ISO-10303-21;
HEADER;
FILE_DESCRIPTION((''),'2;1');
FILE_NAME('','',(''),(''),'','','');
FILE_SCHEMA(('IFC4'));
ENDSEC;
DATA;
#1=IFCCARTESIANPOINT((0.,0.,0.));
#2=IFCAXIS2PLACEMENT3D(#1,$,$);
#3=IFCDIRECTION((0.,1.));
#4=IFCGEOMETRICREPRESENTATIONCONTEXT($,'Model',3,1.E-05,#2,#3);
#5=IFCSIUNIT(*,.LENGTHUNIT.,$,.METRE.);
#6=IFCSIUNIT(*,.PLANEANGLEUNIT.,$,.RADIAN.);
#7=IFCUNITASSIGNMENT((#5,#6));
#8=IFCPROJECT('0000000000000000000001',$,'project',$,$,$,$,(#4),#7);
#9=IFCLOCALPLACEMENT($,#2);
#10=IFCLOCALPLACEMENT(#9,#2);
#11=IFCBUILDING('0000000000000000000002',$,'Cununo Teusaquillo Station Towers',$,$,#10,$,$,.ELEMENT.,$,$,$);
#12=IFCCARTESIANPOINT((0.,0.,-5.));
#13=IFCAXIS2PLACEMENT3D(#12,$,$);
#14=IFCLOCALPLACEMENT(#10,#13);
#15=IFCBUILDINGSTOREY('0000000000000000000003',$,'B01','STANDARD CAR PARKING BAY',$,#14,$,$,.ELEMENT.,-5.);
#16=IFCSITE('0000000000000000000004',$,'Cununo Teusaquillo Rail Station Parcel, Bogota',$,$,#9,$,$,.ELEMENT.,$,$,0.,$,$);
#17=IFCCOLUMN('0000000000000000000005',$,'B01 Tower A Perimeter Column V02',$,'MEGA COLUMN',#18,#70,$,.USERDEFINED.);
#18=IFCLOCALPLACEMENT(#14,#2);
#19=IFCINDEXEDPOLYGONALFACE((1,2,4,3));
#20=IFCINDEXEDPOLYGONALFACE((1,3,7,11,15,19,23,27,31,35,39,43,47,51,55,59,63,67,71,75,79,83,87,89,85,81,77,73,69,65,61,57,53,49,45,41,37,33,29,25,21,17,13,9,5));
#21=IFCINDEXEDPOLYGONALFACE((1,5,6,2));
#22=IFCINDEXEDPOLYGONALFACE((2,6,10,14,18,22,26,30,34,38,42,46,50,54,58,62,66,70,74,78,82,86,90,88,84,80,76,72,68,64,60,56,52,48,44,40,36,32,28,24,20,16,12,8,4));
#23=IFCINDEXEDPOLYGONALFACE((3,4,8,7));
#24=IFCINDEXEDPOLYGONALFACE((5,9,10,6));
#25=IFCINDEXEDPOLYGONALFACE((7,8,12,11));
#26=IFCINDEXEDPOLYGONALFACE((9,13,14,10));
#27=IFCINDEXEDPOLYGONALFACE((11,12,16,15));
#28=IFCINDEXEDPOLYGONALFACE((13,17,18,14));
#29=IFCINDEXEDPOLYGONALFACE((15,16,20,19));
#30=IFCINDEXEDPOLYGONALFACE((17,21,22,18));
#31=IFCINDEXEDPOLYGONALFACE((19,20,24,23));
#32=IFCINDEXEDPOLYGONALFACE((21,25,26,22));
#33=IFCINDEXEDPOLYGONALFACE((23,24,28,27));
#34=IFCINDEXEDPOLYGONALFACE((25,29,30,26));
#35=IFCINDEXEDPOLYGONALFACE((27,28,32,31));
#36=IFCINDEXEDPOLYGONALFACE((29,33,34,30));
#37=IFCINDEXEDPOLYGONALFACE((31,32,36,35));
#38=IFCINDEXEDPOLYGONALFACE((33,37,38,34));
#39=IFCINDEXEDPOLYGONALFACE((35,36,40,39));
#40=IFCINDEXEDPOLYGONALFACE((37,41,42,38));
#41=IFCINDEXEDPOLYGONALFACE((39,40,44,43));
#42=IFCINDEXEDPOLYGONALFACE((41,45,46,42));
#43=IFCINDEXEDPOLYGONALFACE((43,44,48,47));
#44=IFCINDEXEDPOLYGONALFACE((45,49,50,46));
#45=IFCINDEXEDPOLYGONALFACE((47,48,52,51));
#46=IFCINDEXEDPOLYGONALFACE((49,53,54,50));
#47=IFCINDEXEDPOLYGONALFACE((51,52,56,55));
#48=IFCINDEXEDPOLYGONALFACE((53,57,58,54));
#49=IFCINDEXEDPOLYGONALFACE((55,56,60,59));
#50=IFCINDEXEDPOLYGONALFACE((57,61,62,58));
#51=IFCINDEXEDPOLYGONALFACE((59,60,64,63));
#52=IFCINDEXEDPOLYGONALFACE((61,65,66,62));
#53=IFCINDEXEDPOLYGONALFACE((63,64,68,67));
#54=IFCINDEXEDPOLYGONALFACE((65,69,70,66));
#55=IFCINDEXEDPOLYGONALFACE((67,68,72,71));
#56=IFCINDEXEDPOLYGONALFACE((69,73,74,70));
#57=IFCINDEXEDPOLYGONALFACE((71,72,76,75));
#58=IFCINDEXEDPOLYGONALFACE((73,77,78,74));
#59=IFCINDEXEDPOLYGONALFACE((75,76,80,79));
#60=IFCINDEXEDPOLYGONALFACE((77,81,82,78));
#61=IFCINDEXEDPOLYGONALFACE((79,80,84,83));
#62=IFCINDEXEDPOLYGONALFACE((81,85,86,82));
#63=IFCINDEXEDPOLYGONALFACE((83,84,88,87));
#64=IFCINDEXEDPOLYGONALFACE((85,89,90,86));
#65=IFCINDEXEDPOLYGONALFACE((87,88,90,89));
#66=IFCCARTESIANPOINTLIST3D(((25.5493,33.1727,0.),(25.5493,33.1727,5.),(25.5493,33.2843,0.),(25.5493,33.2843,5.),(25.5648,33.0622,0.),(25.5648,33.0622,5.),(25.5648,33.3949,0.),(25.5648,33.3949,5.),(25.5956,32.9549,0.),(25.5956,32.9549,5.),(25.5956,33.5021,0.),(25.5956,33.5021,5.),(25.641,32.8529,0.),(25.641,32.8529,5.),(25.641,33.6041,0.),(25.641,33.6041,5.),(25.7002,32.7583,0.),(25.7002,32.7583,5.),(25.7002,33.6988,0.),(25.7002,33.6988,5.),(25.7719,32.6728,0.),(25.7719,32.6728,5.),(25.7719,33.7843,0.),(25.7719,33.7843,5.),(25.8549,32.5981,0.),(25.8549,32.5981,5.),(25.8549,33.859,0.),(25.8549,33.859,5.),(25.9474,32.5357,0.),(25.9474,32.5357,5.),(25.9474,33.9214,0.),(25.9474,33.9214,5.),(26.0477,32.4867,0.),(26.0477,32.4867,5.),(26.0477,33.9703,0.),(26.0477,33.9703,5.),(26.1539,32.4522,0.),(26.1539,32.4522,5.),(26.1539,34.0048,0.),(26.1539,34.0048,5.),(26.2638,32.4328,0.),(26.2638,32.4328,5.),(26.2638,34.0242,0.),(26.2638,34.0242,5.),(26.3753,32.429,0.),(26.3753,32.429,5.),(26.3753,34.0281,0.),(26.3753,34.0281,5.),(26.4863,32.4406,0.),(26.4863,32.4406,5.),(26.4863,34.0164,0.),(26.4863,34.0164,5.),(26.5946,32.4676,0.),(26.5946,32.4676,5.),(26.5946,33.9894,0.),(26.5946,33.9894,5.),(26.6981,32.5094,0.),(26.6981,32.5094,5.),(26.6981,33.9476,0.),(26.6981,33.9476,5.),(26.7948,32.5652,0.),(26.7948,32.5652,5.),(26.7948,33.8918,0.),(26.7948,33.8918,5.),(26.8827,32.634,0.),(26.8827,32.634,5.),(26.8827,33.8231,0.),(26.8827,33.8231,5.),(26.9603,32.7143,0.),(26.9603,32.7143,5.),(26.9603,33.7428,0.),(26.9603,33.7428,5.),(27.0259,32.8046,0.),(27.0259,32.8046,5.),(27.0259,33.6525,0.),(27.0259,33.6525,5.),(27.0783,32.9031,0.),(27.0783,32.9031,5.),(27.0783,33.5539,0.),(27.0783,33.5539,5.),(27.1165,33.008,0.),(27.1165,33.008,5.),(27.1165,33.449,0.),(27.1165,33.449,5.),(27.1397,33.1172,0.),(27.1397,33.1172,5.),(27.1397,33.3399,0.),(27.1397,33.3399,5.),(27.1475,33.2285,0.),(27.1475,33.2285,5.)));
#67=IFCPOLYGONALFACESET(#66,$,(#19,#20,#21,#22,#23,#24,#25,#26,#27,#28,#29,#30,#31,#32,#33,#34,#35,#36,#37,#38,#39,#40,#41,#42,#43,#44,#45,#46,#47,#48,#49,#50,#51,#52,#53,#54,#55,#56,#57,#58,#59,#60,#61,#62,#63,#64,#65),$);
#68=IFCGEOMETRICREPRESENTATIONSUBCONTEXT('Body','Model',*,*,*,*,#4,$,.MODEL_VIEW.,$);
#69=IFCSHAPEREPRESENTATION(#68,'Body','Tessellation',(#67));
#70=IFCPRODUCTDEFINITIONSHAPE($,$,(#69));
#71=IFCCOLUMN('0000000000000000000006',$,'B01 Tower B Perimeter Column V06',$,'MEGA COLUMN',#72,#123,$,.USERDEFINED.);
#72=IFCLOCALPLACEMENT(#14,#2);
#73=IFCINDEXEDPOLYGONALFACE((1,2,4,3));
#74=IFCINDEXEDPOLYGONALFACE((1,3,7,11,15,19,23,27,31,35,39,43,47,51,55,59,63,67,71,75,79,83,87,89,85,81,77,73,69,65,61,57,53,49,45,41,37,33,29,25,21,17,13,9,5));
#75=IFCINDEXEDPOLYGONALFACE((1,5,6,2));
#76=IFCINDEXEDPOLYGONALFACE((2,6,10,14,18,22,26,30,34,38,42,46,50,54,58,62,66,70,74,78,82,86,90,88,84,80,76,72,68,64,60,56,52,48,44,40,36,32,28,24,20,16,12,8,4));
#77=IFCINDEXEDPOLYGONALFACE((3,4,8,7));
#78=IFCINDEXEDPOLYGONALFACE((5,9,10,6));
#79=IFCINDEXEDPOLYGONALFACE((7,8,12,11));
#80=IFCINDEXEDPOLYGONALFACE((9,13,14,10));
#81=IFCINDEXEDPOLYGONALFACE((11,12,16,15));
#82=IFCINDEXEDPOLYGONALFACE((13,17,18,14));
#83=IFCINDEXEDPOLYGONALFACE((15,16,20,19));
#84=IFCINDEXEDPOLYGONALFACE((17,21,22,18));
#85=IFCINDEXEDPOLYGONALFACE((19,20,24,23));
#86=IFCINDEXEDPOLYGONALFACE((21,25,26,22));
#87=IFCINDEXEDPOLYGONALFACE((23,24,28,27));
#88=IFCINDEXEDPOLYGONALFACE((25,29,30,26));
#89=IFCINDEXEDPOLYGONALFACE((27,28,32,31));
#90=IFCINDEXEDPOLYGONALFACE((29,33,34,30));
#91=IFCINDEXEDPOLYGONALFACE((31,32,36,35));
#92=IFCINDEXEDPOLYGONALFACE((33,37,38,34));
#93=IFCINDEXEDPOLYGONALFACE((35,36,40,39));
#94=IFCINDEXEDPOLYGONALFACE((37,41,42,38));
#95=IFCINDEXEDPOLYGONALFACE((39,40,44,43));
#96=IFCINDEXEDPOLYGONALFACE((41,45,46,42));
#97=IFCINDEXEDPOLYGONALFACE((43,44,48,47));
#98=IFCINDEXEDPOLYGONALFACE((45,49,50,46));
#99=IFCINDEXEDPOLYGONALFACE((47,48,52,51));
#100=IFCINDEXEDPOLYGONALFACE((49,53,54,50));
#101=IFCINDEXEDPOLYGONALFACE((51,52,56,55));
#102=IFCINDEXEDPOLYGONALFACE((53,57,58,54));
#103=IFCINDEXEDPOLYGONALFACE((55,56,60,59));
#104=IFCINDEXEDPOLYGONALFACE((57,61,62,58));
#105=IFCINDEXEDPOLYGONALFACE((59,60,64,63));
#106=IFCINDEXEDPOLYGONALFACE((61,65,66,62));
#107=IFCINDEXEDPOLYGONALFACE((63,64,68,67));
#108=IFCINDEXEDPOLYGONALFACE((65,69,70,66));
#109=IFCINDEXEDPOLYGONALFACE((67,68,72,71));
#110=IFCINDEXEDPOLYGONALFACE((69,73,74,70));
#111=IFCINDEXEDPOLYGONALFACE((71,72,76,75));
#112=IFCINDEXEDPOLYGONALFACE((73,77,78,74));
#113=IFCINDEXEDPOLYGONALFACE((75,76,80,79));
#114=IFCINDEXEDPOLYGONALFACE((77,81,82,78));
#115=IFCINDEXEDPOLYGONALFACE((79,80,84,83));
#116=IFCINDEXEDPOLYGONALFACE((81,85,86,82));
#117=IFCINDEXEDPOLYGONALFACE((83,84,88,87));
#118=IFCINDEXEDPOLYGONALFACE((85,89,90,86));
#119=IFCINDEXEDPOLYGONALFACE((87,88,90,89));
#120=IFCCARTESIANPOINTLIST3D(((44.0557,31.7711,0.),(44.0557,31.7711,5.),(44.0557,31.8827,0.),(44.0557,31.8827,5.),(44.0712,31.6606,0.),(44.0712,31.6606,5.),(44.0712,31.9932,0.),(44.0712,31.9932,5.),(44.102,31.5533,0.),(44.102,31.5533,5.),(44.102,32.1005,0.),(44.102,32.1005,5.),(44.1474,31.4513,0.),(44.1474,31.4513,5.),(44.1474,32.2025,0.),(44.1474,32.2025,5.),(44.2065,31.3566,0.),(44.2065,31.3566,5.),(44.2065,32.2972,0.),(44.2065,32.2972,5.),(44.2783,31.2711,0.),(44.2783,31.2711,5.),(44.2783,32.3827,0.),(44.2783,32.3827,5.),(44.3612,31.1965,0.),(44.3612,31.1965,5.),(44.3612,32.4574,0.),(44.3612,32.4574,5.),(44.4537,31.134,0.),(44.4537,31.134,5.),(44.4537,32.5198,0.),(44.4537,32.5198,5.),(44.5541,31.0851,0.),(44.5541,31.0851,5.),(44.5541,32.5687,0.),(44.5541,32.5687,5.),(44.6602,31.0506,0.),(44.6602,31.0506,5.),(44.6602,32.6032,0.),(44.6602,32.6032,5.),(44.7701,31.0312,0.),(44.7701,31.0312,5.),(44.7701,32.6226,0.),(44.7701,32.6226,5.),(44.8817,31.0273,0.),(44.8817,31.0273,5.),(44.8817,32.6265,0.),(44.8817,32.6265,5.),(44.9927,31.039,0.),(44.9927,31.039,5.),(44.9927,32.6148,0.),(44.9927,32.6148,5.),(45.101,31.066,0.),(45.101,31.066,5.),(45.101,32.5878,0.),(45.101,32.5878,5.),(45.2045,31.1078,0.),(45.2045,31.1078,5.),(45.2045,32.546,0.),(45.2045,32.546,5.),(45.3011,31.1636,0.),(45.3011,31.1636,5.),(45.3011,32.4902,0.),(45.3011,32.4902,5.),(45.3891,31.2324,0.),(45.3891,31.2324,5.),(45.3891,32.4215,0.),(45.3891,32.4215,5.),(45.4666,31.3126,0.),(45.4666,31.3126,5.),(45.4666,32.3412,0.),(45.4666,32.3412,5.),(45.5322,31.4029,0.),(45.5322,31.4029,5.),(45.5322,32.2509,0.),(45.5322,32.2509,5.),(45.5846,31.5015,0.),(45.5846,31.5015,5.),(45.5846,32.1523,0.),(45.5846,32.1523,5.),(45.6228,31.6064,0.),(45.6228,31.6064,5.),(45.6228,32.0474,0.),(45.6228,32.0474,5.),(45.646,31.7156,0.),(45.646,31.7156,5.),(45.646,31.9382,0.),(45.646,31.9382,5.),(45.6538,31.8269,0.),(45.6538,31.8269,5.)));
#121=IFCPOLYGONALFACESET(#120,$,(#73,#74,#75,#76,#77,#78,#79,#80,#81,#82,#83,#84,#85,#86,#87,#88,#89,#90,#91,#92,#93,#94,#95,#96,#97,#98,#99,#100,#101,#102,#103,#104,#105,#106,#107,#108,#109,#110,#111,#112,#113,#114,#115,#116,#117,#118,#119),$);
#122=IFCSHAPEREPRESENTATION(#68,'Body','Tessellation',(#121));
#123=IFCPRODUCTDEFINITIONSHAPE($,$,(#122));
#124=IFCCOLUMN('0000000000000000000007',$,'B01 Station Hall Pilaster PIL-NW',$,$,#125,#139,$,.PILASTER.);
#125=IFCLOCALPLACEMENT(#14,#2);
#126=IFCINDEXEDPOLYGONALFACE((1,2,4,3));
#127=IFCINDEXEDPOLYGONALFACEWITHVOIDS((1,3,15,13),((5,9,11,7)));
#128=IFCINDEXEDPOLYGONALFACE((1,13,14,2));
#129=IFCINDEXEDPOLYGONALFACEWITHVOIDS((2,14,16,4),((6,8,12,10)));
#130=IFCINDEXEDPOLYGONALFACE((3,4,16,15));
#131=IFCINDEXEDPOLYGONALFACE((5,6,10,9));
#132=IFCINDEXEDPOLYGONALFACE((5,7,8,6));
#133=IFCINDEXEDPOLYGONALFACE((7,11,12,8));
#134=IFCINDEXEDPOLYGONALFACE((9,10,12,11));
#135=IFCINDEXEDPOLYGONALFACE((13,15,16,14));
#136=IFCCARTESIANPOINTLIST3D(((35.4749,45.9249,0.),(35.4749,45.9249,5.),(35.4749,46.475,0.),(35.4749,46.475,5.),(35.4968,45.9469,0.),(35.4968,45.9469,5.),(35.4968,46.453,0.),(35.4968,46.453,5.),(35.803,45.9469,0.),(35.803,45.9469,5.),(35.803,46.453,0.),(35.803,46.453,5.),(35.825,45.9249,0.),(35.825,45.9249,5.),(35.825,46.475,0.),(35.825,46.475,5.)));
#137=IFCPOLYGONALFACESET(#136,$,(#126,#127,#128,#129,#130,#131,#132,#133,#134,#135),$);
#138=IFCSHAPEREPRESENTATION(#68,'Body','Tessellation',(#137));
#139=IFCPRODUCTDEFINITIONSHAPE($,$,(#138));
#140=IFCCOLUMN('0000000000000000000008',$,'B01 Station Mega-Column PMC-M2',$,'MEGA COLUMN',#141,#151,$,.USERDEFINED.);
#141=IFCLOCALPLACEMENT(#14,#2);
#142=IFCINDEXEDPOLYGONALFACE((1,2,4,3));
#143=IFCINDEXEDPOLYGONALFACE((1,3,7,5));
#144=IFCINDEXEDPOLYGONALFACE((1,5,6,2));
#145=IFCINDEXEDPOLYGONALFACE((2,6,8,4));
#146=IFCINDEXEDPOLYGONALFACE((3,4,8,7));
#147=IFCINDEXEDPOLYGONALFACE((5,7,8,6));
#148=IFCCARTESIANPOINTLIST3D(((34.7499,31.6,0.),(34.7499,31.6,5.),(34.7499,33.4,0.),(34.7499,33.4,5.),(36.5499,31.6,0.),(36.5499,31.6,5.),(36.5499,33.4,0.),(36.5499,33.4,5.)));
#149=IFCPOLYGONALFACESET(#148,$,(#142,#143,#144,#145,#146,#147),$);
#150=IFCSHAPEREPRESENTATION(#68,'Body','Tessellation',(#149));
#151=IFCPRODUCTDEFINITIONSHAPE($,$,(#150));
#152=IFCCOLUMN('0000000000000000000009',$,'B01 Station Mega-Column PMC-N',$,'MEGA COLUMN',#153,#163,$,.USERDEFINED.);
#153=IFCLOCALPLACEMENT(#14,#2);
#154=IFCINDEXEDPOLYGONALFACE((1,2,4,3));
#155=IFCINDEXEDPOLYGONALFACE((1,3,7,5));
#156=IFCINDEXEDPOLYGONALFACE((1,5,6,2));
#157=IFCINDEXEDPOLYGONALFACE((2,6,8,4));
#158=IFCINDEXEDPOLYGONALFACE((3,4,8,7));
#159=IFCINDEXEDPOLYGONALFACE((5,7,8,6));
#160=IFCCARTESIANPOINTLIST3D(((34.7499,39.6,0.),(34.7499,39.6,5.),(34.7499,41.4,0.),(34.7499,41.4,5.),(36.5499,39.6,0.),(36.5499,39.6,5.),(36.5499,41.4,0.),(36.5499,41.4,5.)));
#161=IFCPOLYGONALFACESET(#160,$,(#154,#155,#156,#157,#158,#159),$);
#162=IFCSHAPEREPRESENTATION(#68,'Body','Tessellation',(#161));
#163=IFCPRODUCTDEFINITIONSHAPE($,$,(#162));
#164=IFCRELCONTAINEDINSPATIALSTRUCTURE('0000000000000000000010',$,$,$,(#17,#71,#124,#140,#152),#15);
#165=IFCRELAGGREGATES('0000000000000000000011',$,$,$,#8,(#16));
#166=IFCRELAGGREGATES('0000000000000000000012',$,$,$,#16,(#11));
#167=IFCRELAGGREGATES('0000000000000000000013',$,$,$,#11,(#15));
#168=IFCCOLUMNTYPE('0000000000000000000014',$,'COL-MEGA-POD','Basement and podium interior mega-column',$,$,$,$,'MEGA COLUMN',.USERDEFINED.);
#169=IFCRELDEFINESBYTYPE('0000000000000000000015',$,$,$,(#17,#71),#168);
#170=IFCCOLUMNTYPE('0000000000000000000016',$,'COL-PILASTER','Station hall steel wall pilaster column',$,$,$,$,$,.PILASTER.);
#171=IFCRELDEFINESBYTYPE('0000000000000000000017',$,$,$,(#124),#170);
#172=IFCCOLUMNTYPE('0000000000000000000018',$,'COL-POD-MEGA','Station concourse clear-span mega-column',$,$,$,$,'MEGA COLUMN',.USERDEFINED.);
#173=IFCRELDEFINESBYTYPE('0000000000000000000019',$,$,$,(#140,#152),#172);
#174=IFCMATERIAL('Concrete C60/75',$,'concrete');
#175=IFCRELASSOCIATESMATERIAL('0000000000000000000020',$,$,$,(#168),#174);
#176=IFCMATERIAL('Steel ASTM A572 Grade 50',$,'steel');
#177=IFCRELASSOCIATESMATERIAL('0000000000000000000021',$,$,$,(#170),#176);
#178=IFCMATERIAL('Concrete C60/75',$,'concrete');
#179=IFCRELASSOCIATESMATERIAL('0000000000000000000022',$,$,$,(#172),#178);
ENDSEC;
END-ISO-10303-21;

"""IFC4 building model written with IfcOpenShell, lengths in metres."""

from ifc_helpers import new_model, si_unit, direction, frame, origin, origin_2d, place, context, subcontext, project, spatial, rectangle, hollow_rectangle, circle, extrude, material, material_profile, profile_set, type_object, element, save


model = new_model("IFC4")

# Units and contexts
model_context = context("Model", 3, precision=1e-05, world=origin(), true_north=direction((0.0, 1.0)))
body_context = subcontext(model_context, "Body", "Model", "MODEL_VIEW")
ifc_project = project(units=[si_unit("LENGTHUNIT", "METRE"), si_unit("PLANEANGLEUNIT", "RADIAN")], contexts=[model_context])

# Site, building, storey
site_placement = place(None, origin())
site = spatial("IfcSite", under=ifc_project, at=site_placement, Name="Cununo Teusaquillo Rail Station Parcel, Bogota", CompositionType="ELEMENT", RefElevation=0.0)
building_placement = place(site_placement, origin())
building = spatial("IfcBuilding", under=site, at=building_placement, Name="Cununo Teusaquillo Station Towers", CompositionType="ELEMENT")
storey_placement = place(building_placement, frame((0.0, 0.0, -5.0)))
storey = spatial("IfcBuildingStorey", under=building, at=storey_placement, Name="B01", Description="STANDARD CAR PARKING BAY", CompositionType="ELEMENT", Elevation=-5.0)

# Columns
ifc_material_1 = material(Name="Concrete C60/75", Category="concrete")
ifc_material_profile_1 = material_profile(ifc_material_1, circle(Radius=0.8, at=origin_2d()), Name="RC-CIRC-1600")
ifc_profile_set_1 = profile_set([ifc_material_profile_1], Name="Concrete C60/75")
column_type_1 = type_object("IfcColumnType", Name="COL-MEGA-POD", Description="Basement and podium interior mega-column", ElementType="MEGA COLUMN", PredefinedType="USERDEFINED", material=ifc_profile_set_1)
for number, where, z_axis, x_axis, name in (
    (1, (26.3474, 33.2285, 0.0), (0.0, 0.0, 1.0), (1.0, 0.0, 0.0), "B01 Tower A Perimeter Column V02"),
    (2, (44.8538, 31.8269, 0.0), (0.0, 0.0, 1.0), (1.0, 0.0, 0.0), "B01 Tower B Perimeter Column V06"),
):
    element("IfcColumn", number, at=place(storey_placement, frame(where, z_axis=z_axis, x_axis=x_axis)), inside=storey, type_object=column_type_1, Name=name, ObjectType="MEGA COLUMN", PredefinedType="USERDEFINED", context=body_context, shape_type="SweptSolid", body=[
        extrude(circle(Radius=0.8, at=origin_2d()), origin(), (0.0, 0.0, 1.0), 5.0),
    ])
ifc_material_2 = material(Name="Steel ASTM A572 Grade 50", Category="steel")
ifc_material_profile_2 = material_profile(ifc_material_2, hollow_rectangle(XDim=0.3501, YDim=0.55, WallThickness=0.022, at=origin_2d()), Name="RHS 550x350x22")
ifc_profile_set_2 = profile_set([ifc_material_profile_2], Name="Steel ASTM A572 Grade 50")
column_type_2 = type_object("IfcColumnType", Name="COL-PILASTER", Description="Station hall steel wall pilaster column", PredefinedType="PILASTER", material=ifc_profile_set_2)
column_placement = place(storey_placement, frame((35.6499, 46.2, 0.0), z_axis=(0.0, 0.0, 1.0), x_axis=(1.0, 0.0, 0.0)))
element("IfcColumn", 3, at=column_placement, inside=storey, type_object=column_type_2, Name="B01 Station Hall Pilaster PIL-NW", PredefinedType="PILASTER", context=body_context, shape_type="SweptSolid", body=[
    extrude(hollow_rectangle(XDim=0.3501, YDim=0.55, WallThickness=0.022, at=origin_2d()), origin(), (0.0, 0.0, 1.0), 5.0),
])
ifc_material_3 = material(Name="Concrete C60/75", Category="concrete")
ifc_material_profile_3 = material_profile(ifc_material_3, rectangle(XDim=1.8, YDim=1.8, at=origin_2d()), Name="RC-RECT-1800x1800")
ifc_profile_set_3 = profile_set([ifc_material_profile_3], Name="Concrete C60/75")
column_type_3 = type_object("IfcColumnType", Name="COL-POD-MEGA", Description="Station concourse clear-span mega-column", ElementType="MEGA COLUMN", PredefinedType="USERDEFINED", material=ifc_profile_set_3)
for number, where, z_axis, x_axis, name in (
    (4, (35.6499, 32.5, 0.0), (0.0, 0.0, 1.0), (1.0, 0.0, 0.0), "B01 Station Mega-Column PMC-M2"),
    (5, (35.6499, 40.5, 0.0), (0.0, 0.0, 1.0), (1.0, 0.0, 0.0), "B01 Station Mega-Column PMC-N"),
):
    element("IfcColumn", number, at=place(storey_placement, frame(where, z_axis=z_axis, x_axis=x_axis)), inside=storey, type_object=column_type_3, Name=name, ObjectType="MEGA COLUMN", PredefinedType="USERDEFINED", context=body_context, shape_type="SweptSolid", body=[
        extrude(rectangle(XDim=1.8, YDim=1.8, at=origin_2d()), origin(), (0.0, 0.0, 1.0), 5.0),
    ])

save(model, "model.ifc")
